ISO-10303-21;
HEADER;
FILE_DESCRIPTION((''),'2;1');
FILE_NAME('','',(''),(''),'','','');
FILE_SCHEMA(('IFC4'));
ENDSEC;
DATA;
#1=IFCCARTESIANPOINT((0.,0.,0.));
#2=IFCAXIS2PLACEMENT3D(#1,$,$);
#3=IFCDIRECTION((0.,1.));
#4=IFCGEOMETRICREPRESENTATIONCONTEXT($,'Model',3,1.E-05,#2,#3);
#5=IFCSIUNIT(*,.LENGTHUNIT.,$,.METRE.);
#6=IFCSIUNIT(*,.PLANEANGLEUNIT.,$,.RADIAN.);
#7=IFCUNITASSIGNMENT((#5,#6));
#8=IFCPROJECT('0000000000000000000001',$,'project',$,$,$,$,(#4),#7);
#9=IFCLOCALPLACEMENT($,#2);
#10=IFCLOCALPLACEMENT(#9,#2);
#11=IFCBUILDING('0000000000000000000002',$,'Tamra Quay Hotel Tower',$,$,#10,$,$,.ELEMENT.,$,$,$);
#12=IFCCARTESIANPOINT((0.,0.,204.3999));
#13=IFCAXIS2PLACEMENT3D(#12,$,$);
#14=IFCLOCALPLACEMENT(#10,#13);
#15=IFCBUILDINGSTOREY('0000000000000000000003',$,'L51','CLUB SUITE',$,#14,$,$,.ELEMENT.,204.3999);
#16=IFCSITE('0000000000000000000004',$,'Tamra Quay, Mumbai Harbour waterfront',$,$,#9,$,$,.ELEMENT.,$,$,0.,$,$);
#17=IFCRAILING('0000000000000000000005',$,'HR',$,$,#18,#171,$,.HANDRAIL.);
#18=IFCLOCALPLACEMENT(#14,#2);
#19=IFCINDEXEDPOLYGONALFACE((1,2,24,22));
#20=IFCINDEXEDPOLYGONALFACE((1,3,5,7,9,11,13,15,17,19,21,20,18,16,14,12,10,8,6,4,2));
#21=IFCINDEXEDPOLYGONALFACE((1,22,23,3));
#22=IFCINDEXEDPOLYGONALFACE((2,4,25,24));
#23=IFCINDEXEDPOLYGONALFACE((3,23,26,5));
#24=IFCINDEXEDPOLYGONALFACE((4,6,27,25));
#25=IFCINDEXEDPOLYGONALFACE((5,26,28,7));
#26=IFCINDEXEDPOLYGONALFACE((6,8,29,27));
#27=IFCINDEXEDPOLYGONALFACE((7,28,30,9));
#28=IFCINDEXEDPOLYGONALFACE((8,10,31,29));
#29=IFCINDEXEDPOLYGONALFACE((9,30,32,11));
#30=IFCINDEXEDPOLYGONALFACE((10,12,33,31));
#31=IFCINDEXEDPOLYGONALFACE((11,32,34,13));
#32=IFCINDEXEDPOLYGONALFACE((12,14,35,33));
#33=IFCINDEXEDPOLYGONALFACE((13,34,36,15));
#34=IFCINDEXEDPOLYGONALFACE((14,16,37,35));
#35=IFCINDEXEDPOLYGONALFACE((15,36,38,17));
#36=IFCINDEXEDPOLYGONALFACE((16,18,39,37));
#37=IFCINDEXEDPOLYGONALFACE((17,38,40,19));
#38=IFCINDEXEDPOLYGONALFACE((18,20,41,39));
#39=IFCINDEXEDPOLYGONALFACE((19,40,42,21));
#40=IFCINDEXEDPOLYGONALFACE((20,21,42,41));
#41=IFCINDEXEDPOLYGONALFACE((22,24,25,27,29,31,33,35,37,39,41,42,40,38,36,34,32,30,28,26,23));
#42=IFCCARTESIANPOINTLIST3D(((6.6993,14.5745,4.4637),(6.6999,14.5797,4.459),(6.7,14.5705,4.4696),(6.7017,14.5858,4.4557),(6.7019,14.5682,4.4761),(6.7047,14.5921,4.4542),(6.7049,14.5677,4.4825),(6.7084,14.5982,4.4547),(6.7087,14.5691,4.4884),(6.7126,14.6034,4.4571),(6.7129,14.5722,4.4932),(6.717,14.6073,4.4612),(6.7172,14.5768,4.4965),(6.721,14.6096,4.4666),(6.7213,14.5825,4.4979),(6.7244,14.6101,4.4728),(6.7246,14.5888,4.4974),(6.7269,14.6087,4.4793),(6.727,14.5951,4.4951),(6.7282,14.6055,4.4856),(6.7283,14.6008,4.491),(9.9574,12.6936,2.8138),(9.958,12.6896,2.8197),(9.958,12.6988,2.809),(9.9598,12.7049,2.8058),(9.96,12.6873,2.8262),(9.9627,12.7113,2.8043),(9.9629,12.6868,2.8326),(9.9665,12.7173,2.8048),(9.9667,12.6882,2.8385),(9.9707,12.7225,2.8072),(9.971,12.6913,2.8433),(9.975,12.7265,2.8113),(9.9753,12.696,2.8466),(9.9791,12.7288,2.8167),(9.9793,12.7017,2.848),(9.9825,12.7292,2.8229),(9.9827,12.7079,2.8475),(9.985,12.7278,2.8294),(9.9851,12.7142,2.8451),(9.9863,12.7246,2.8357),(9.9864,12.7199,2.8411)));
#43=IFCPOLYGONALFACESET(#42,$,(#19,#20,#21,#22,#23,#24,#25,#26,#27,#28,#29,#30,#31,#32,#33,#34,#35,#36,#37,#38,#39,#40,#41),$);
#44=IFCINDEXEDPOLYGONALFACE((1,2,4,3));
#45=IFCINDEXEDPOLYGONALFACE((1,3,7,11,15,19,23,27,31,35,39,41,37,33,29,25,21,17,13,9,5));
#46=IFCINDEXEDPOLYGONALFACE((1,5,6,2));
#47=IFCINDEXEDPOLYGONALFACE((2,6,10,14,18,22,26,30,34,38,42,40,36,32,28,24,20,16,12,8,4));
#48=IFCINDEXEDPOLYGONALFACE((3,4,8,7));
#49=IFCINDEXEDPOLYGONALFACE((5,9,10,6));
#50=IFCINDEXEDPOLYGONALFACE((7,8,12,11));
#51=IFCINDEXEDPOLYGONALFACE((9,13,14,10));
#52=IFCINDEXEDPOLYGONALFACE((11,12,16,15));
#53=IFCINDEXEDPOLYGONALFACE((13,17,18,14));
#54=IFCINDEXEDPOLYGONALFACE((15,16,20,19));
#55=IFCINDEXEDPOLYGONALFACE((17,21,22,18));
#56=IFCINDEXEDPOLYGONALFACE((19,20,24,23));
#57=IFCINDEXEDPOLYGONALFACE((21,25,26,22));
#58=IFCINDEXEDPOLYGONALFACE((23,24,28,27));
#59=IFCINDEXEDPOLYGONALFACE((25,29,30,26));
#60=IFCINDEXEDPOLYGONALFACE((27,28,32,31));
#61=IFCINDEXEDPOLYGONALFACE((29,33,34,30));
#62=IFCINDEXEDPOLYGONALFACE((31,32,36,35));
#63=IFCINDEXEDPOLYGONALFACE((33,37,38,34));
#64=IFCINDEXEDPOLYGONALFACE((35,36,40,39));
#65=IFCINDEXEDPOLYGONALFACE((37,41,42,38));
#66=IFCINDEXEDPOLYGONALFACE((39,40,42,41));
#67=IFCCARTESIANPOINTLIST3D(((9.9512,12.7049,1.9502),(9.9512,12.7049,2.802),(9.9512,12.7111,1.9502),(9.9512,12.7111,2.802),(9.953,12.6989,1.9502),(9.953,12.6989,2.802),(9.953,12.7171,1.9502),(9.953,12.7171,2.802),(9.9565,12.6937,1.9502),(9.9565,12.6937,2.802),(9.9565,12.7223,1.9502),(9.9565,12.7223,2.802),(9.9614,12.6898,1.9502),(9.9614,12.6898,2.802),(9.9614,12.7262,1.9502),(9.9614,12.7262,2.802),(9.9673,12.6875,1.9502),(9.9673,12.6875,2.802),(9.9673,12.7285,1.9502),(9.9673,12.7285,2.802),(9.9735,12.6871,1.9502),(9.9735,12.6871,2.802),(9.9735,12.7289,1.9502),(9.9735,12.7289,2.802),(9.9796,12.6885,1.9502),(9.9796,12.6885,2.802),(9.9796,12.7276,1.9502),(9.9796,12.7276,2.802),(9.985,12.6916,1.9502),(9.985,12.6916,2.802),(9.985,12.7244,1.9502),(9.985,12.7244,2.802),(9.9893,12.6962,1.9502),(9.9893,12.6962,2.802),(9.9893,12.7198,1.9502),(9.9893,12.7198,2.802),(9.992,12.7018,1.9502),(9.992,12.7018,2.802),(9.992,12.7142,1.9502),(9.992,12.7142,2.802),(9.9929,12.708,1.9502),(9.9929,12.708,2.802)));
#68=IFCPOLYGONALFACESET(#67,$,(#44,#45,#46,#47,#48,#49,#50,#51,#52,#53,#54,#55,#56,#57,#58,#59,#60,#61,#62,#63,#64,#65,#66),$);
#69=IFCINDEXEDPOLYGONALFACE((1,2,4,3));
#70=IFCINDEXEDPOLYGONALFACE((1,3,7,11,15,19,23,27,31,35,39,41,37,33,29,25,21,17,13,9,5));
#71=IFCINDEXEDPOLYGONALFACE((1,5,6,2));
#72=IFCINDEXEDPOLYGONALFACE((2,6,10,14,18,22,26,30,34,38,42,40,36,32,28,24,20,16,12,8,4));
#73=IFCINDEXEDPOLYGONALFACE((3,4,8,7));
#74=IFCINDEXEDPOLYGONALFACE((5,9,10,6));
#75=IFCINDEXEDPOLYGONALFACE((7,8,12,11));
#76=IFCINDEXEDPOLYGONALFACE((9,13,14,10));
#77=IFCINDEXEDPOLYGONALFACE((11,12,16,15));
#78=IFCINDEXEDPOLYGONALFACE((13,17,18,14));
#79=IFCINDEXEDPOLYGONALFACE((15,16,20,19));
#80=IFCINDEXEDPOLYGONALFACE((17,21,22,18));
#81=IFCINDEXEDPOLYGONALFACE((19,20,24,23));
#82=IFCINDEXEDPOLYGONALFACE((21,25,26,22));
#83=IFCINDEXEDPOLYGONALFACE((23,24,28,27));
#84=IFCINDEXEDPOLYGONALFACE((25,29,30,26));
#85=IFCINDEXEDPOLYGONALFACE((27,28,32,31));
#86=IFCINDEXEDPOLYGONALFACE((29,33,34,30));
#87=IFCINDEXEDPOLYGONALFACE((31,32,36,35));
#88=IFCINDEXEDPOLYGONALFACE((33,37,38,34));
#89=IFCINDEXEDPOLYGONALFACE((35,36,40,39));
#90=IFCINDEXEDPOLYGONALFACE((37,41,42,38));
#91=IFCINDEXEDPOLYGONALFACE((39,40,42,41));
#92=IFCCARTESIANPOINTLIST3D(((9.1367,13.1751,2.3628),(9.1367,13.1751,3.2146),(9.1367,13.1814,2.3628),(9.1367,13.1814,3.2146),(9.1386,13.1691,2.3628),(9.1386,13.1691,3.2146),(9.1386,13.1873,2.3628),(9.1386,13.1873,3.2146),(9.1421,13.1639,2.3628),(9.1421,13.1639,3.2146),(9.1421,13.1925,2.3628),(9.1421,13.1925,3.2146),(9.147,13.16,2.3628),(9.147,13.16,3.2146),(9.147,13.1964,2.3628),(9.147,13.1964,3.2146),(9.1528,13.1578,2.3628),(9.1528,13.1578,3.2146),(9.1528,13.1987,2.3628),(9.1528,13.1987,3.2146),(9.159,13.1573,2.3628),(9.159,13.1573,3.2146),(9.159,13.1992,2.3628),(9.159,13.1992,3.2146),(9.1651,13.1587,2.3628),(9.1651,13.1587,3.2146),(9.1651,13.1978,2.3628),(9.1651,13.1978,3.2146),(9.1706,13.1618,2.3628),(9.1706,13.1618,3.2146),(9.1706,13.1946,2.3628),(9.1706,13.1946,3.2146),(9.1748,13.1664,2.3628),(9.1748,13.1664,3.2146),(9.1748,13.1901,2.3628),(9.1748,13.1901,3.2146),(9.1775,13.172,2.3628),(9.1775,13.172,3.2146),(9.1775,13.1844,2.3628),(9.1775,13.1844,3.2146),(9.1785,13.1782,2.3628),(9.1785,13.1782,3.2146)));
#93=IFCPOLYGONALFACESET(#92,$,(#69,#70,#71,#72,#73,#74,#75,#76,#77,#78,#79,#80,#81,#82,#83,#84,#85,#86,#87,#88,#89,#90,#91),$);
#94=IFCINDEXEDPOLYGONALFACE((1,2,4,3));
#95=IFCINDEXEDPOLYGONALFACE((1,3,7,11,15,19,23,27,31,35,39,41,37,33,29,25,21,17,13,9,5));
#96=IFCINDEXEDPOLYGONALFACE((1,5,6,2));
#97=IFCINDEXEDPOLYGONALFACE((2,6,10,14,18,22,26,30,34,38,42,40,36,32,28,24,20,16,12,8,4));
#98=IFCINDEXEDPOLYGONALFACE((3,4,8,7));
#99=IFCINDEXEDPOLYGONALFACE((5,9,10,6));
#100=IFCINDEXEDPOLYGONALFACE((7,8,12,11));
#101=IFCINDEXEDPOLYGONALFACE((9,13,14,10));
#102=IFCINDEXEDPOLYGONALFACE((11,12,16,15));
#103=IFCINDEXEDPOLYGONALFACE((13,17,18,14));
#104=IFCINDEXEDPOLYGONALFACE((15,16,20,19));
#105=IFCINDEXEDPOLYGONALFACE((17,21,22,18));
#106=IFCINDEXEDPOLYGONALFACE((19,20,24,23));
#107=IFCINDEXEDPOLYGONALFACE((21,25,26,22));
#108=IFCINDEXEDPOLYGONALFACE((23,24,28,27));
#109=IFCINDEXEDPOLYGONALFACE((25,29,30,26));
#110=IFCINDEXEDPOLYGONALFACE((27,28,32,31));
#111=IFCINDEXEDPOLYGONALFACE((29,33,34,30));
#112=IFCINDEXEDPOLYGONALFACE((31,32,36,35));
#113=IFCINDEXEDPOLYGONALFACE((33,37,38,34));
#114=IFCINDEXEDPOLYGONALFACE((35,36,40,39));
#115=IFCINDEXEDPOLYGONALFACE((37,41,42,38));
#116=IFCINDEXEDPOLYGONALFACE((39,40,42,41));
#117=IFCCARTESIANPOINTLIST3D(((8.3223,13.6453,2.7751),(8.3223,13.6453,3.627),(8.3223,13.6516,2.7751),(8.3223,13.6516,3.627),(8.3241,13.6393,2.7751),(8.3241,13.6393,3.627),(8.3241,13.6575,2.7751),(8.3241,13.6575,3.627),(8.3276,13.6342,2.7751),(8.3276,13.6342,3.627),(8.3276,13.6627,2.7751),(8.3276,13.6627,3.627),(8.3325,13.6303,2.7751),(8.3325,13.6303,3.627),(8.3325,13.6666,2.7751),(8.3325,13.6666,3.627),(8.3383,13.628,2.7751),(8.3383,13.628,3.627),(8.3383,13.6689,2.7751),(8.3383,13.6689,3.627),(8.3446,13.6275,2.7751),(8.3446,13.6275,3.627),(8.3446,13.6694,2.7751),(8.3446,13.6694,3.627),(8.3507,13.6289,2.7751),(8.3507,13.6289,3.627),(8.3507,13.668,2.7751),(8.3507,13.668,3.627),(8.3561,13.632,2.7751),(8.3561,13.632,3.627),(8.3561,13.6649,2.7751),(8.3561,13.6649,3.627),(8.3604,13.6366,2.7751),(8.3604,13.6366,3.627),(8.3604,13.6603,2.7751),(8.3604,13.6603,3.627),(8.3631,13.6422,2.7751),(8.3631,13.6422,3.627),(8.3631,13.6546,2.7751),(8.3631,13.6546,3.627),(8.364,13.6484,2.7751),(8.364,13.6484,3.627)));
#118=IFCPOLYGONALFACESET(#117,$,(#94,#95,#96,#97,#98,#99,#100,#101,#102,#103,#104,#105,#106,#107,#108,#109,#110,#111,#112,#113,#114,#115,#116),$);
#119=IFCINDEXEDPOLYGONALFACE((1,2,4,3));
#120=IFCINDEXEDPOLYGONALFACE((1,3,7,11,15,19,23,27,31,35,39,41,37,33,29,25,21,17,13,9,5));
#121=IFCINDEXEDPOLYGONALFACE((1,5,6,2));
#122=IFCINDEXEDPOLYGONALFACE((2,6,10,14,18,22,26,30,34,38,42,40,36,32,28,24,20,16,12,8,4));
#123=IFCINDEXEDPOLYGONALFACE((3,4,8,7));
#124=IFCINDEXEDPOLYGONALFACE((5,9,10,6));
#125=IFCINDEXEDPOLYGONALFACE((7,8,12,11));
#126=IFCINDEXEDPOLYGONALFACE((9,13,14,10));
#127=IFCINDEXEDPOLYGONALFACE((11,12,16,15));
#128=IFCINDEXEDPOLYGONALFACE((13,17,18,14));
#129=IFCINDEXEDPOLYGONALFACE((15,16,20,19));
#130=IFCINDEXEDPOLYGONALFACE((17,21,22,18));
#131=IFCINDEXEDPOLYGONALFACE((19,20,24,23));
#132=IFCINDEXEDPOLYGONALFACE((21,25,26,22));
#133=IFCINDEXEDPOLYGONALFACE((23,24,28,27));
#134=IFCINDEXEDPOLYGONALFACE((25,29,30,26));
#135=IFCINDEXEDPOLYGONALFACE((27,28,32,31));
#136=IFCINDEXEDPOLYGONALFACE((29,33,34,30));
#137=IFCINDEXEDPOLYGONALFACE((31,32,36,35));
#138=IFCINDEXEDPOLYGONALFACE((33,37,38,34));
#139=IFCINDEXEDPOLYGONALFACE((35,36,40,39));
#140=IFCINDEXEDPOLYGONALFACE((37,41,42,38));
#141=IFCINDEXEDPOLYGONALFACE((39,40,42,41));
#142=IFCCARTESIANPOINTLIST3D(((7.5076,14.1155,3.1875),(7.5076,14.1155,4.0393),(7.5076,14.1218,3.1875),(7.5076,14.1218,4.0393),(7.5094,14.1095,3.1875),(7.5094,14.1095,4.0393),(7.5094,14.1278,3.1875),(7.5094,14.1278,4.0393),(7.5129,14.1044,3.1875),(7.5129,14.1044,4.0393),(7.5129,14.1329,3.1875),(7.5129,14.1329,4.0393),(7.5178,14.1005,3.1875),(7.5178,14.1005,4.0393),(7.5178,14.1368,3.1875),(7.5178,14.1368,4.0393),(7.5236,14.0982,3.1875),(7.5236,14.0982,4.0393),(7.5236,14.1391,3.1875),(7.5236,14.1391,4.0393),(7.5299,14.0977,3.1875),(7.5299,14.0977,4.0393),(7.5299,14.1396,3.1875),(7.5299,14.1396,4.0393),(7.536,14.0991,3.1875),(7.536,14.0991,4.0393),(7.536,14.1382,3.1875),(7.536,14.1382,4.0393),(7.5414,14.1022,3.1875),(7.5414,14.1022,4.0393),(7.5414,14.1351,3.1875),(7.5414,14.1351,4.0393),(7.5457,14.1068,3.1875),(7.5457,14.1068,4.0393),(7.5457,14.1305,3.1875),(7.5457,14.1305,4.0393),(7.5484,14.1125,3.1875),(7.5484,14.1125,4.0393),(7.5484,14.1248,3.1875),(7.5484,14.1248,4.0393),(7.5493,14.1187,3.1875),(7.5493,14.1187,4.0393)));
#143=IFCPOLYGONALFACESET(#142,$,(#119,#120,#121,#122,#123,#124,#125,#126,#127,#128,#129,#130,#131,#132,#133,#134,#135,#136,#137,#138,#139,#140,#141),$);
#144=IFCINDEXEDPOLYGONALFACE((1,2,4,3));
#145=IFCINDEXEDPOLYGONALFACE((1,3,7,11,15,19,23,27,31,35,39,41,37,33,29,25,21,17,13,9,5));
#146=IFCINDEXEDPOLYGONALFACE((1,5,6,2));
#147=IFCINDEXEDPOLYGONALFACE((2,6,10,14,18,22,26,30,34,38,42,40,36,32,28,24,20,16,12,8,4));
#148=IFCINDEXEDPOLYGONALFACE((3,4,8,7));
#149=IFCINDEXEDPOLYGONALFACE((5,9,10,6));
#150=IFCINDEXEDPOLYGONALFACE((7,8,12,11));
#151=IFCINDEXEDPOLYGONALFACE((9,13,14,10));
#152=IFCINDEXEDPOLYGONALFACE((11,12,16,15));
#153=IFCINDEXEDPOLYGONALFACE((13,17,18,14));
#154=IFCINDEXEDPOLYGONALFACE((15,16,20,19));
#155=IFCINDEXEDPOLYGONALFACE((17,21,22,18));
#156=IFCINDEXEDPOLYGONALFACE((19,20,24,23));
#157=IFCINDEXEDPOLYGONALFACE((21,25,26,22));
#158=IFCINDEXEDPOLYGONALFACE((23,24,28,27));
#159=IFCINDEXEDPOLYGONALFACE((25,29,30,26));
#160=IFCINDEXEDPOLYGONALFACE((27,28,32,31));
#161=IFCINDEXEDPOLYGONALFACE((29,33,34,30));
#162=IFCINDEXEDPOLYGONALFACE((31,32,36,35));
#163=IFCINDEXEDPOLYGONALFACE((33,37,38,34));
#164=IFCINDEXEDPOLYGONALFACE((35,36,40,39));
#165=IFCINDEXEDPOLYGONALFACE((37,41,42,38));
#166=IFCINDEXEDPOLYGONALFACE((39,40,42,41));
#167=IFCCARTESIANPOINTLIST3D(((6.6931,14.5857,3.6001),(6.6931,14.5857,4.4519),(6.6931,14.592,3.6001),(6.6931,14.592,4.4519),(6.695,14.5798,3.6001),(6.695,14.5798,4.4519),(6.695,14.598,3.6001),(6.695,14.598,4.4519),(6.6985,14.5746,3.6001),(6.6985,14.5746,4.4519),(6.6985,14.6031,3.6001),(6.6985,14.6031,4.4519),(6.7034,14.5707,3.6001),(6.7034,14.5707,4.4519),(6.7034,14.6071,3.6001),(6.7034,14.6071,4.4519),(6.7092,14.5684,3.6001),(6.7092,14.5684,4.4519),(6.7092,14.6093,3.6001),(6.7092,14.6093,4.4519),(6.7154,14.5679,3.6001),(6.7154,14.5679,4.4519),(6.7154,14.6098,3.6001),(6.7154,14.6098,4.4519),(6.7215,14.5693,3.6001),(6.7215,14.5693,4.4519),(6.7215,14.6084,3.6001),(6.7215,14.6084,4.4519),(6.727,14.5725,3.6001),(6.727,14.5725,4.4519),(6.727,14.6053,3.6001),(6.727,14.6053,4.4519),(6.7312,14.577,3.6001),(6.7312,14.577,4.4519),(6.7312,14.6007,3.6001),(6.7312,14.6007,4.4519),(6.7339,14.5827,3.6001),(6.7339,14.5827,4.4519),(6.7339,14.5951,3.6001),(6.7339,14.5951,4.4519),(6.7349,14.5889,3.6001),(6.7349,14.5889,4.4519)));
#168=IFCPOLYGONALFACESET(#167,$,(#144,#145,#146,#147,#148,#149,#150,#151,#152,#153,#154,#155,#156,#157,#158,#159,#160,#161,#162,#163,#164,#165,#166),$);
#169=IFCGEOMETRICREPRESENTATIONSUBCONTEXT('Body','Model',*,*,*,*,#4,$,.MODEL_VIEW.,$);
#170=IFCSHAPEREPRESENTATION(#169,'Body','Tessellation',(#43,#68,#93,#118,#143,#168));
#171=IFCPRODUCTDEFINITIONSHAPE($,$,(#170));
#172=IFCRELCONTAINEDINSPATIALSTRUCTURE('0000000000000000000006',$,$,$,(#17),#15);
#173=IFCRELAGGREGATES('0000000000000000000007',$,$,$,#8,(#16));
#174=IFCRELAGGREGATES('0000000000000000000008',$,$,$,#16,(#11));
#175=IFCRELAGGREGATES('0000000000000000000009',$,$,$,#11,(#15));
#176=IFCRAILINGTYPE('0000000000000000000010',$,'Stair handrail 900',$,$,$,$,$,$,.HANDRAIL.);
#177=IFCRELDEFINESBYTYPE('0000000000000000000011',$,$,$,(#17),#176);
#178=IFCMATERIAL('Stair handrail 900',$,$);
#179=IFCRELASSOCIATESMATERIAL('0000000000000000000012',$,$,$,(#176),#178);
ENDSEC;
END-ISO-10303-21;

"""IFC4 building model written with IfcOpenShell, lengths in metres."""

from ifc_helpers import new_model, si_unit, direction, frame, origin, origin_2d, place, context, subcontext, project, spatial, circle, extrude, material, type_object, element, save


model = new_model("IFC4")

# Units and contexts
model_context = context("Model", 3, precision=1e-05, world=origin(), true_north=direction((0.0, 1.0)))
body_context = subcontext(model_context, "Body", "Model", "MODEL_VIEW")
ifc_project = project(units=[si_unit("LENGTHUNIT", "METRE"), si_unit("PLANEANGLEUNIT", "RADIAN")], contexts=[model_context])

# Site, building, storey
site_placement = place(None, origin())
site = spatial("IfcSite", under=ifc_project, at=site_placement, Name="Tamra Quay, Mumbai Harbour waterfront", CompositionType="ELEMENT", RefElevation=0.0)
building_placement = place(site_placement, origin())
building = spatial("IfcBuilding", under=site, at=building_placement, Name="Tamra Quay Hotel Tower", CompositionType="ELEMENT")
storey_placement = place(building_placement, frame((0.0, 0.0, 204.3999)))
storey = spatial("IfcBuildingStorey", under=building, at=storey_placement, Name="L51", Description="CLUB SUITE", CompositionType="ELEMENT", Elevation=204.3999)

# Railing
ifc_material_1 = material(Name="Stair handrail 900")
railing_type_1 = type_object("IfcRailingType", Name="Stair handrail 900", PredefinedType="HANDRAIL", material=ifc_material_1)
railing_1_placement = place(storey_placement, frame((9.9719, 12.708, 1.9502)))
element("IfcRailing", 1, at=railing_1_placement, inside=storey, type_object=railing_type_1, Name="HR", PredefinedType="HANDRAIL", context=body_context, shape_type="SweptSolid", body=[
    extrude(circle(Radius=0.0239, at=origin_2d()), frame((0.0, 0.0, 0.876), z_axis=(-0.793122, 0.457865, 0.401642), x_axis=(-0.499964, -0.866046, 0.0)), (0.0, 0.0, 1.0), 4.1079),
    extrude(circle(Radius=0.021, at=origin_2d()), origin(), (0.0, 0.0, 1.0), 0.8518),
    extrude(circle(Radius=0.021, at=origin_2d()), frame((-0.8145, 0.4702, 0.4126)), (0.0, 0.0, 1.0), 0.8518),
    extrude(circle(Radius=0.021, at=origin_2d()), frame((-1.6289, 0.9404, 0.825)), (0.0, 0.0, 1.0), 0.8518),
    extrude(circle(Radius=0.021, at=origin_2d()), frame((-2.4436, 1.4106, 1.2373)), (0.0, 0.0, 1.0), 0.8518),
    extrude(circle(Radius=0.021, at=origin_2d()), frame((-3.2581, 1.8809, 1.6499)), (0.0, 0.0, 1.0), 0.8518),
])

save(model, "model.ifc")
